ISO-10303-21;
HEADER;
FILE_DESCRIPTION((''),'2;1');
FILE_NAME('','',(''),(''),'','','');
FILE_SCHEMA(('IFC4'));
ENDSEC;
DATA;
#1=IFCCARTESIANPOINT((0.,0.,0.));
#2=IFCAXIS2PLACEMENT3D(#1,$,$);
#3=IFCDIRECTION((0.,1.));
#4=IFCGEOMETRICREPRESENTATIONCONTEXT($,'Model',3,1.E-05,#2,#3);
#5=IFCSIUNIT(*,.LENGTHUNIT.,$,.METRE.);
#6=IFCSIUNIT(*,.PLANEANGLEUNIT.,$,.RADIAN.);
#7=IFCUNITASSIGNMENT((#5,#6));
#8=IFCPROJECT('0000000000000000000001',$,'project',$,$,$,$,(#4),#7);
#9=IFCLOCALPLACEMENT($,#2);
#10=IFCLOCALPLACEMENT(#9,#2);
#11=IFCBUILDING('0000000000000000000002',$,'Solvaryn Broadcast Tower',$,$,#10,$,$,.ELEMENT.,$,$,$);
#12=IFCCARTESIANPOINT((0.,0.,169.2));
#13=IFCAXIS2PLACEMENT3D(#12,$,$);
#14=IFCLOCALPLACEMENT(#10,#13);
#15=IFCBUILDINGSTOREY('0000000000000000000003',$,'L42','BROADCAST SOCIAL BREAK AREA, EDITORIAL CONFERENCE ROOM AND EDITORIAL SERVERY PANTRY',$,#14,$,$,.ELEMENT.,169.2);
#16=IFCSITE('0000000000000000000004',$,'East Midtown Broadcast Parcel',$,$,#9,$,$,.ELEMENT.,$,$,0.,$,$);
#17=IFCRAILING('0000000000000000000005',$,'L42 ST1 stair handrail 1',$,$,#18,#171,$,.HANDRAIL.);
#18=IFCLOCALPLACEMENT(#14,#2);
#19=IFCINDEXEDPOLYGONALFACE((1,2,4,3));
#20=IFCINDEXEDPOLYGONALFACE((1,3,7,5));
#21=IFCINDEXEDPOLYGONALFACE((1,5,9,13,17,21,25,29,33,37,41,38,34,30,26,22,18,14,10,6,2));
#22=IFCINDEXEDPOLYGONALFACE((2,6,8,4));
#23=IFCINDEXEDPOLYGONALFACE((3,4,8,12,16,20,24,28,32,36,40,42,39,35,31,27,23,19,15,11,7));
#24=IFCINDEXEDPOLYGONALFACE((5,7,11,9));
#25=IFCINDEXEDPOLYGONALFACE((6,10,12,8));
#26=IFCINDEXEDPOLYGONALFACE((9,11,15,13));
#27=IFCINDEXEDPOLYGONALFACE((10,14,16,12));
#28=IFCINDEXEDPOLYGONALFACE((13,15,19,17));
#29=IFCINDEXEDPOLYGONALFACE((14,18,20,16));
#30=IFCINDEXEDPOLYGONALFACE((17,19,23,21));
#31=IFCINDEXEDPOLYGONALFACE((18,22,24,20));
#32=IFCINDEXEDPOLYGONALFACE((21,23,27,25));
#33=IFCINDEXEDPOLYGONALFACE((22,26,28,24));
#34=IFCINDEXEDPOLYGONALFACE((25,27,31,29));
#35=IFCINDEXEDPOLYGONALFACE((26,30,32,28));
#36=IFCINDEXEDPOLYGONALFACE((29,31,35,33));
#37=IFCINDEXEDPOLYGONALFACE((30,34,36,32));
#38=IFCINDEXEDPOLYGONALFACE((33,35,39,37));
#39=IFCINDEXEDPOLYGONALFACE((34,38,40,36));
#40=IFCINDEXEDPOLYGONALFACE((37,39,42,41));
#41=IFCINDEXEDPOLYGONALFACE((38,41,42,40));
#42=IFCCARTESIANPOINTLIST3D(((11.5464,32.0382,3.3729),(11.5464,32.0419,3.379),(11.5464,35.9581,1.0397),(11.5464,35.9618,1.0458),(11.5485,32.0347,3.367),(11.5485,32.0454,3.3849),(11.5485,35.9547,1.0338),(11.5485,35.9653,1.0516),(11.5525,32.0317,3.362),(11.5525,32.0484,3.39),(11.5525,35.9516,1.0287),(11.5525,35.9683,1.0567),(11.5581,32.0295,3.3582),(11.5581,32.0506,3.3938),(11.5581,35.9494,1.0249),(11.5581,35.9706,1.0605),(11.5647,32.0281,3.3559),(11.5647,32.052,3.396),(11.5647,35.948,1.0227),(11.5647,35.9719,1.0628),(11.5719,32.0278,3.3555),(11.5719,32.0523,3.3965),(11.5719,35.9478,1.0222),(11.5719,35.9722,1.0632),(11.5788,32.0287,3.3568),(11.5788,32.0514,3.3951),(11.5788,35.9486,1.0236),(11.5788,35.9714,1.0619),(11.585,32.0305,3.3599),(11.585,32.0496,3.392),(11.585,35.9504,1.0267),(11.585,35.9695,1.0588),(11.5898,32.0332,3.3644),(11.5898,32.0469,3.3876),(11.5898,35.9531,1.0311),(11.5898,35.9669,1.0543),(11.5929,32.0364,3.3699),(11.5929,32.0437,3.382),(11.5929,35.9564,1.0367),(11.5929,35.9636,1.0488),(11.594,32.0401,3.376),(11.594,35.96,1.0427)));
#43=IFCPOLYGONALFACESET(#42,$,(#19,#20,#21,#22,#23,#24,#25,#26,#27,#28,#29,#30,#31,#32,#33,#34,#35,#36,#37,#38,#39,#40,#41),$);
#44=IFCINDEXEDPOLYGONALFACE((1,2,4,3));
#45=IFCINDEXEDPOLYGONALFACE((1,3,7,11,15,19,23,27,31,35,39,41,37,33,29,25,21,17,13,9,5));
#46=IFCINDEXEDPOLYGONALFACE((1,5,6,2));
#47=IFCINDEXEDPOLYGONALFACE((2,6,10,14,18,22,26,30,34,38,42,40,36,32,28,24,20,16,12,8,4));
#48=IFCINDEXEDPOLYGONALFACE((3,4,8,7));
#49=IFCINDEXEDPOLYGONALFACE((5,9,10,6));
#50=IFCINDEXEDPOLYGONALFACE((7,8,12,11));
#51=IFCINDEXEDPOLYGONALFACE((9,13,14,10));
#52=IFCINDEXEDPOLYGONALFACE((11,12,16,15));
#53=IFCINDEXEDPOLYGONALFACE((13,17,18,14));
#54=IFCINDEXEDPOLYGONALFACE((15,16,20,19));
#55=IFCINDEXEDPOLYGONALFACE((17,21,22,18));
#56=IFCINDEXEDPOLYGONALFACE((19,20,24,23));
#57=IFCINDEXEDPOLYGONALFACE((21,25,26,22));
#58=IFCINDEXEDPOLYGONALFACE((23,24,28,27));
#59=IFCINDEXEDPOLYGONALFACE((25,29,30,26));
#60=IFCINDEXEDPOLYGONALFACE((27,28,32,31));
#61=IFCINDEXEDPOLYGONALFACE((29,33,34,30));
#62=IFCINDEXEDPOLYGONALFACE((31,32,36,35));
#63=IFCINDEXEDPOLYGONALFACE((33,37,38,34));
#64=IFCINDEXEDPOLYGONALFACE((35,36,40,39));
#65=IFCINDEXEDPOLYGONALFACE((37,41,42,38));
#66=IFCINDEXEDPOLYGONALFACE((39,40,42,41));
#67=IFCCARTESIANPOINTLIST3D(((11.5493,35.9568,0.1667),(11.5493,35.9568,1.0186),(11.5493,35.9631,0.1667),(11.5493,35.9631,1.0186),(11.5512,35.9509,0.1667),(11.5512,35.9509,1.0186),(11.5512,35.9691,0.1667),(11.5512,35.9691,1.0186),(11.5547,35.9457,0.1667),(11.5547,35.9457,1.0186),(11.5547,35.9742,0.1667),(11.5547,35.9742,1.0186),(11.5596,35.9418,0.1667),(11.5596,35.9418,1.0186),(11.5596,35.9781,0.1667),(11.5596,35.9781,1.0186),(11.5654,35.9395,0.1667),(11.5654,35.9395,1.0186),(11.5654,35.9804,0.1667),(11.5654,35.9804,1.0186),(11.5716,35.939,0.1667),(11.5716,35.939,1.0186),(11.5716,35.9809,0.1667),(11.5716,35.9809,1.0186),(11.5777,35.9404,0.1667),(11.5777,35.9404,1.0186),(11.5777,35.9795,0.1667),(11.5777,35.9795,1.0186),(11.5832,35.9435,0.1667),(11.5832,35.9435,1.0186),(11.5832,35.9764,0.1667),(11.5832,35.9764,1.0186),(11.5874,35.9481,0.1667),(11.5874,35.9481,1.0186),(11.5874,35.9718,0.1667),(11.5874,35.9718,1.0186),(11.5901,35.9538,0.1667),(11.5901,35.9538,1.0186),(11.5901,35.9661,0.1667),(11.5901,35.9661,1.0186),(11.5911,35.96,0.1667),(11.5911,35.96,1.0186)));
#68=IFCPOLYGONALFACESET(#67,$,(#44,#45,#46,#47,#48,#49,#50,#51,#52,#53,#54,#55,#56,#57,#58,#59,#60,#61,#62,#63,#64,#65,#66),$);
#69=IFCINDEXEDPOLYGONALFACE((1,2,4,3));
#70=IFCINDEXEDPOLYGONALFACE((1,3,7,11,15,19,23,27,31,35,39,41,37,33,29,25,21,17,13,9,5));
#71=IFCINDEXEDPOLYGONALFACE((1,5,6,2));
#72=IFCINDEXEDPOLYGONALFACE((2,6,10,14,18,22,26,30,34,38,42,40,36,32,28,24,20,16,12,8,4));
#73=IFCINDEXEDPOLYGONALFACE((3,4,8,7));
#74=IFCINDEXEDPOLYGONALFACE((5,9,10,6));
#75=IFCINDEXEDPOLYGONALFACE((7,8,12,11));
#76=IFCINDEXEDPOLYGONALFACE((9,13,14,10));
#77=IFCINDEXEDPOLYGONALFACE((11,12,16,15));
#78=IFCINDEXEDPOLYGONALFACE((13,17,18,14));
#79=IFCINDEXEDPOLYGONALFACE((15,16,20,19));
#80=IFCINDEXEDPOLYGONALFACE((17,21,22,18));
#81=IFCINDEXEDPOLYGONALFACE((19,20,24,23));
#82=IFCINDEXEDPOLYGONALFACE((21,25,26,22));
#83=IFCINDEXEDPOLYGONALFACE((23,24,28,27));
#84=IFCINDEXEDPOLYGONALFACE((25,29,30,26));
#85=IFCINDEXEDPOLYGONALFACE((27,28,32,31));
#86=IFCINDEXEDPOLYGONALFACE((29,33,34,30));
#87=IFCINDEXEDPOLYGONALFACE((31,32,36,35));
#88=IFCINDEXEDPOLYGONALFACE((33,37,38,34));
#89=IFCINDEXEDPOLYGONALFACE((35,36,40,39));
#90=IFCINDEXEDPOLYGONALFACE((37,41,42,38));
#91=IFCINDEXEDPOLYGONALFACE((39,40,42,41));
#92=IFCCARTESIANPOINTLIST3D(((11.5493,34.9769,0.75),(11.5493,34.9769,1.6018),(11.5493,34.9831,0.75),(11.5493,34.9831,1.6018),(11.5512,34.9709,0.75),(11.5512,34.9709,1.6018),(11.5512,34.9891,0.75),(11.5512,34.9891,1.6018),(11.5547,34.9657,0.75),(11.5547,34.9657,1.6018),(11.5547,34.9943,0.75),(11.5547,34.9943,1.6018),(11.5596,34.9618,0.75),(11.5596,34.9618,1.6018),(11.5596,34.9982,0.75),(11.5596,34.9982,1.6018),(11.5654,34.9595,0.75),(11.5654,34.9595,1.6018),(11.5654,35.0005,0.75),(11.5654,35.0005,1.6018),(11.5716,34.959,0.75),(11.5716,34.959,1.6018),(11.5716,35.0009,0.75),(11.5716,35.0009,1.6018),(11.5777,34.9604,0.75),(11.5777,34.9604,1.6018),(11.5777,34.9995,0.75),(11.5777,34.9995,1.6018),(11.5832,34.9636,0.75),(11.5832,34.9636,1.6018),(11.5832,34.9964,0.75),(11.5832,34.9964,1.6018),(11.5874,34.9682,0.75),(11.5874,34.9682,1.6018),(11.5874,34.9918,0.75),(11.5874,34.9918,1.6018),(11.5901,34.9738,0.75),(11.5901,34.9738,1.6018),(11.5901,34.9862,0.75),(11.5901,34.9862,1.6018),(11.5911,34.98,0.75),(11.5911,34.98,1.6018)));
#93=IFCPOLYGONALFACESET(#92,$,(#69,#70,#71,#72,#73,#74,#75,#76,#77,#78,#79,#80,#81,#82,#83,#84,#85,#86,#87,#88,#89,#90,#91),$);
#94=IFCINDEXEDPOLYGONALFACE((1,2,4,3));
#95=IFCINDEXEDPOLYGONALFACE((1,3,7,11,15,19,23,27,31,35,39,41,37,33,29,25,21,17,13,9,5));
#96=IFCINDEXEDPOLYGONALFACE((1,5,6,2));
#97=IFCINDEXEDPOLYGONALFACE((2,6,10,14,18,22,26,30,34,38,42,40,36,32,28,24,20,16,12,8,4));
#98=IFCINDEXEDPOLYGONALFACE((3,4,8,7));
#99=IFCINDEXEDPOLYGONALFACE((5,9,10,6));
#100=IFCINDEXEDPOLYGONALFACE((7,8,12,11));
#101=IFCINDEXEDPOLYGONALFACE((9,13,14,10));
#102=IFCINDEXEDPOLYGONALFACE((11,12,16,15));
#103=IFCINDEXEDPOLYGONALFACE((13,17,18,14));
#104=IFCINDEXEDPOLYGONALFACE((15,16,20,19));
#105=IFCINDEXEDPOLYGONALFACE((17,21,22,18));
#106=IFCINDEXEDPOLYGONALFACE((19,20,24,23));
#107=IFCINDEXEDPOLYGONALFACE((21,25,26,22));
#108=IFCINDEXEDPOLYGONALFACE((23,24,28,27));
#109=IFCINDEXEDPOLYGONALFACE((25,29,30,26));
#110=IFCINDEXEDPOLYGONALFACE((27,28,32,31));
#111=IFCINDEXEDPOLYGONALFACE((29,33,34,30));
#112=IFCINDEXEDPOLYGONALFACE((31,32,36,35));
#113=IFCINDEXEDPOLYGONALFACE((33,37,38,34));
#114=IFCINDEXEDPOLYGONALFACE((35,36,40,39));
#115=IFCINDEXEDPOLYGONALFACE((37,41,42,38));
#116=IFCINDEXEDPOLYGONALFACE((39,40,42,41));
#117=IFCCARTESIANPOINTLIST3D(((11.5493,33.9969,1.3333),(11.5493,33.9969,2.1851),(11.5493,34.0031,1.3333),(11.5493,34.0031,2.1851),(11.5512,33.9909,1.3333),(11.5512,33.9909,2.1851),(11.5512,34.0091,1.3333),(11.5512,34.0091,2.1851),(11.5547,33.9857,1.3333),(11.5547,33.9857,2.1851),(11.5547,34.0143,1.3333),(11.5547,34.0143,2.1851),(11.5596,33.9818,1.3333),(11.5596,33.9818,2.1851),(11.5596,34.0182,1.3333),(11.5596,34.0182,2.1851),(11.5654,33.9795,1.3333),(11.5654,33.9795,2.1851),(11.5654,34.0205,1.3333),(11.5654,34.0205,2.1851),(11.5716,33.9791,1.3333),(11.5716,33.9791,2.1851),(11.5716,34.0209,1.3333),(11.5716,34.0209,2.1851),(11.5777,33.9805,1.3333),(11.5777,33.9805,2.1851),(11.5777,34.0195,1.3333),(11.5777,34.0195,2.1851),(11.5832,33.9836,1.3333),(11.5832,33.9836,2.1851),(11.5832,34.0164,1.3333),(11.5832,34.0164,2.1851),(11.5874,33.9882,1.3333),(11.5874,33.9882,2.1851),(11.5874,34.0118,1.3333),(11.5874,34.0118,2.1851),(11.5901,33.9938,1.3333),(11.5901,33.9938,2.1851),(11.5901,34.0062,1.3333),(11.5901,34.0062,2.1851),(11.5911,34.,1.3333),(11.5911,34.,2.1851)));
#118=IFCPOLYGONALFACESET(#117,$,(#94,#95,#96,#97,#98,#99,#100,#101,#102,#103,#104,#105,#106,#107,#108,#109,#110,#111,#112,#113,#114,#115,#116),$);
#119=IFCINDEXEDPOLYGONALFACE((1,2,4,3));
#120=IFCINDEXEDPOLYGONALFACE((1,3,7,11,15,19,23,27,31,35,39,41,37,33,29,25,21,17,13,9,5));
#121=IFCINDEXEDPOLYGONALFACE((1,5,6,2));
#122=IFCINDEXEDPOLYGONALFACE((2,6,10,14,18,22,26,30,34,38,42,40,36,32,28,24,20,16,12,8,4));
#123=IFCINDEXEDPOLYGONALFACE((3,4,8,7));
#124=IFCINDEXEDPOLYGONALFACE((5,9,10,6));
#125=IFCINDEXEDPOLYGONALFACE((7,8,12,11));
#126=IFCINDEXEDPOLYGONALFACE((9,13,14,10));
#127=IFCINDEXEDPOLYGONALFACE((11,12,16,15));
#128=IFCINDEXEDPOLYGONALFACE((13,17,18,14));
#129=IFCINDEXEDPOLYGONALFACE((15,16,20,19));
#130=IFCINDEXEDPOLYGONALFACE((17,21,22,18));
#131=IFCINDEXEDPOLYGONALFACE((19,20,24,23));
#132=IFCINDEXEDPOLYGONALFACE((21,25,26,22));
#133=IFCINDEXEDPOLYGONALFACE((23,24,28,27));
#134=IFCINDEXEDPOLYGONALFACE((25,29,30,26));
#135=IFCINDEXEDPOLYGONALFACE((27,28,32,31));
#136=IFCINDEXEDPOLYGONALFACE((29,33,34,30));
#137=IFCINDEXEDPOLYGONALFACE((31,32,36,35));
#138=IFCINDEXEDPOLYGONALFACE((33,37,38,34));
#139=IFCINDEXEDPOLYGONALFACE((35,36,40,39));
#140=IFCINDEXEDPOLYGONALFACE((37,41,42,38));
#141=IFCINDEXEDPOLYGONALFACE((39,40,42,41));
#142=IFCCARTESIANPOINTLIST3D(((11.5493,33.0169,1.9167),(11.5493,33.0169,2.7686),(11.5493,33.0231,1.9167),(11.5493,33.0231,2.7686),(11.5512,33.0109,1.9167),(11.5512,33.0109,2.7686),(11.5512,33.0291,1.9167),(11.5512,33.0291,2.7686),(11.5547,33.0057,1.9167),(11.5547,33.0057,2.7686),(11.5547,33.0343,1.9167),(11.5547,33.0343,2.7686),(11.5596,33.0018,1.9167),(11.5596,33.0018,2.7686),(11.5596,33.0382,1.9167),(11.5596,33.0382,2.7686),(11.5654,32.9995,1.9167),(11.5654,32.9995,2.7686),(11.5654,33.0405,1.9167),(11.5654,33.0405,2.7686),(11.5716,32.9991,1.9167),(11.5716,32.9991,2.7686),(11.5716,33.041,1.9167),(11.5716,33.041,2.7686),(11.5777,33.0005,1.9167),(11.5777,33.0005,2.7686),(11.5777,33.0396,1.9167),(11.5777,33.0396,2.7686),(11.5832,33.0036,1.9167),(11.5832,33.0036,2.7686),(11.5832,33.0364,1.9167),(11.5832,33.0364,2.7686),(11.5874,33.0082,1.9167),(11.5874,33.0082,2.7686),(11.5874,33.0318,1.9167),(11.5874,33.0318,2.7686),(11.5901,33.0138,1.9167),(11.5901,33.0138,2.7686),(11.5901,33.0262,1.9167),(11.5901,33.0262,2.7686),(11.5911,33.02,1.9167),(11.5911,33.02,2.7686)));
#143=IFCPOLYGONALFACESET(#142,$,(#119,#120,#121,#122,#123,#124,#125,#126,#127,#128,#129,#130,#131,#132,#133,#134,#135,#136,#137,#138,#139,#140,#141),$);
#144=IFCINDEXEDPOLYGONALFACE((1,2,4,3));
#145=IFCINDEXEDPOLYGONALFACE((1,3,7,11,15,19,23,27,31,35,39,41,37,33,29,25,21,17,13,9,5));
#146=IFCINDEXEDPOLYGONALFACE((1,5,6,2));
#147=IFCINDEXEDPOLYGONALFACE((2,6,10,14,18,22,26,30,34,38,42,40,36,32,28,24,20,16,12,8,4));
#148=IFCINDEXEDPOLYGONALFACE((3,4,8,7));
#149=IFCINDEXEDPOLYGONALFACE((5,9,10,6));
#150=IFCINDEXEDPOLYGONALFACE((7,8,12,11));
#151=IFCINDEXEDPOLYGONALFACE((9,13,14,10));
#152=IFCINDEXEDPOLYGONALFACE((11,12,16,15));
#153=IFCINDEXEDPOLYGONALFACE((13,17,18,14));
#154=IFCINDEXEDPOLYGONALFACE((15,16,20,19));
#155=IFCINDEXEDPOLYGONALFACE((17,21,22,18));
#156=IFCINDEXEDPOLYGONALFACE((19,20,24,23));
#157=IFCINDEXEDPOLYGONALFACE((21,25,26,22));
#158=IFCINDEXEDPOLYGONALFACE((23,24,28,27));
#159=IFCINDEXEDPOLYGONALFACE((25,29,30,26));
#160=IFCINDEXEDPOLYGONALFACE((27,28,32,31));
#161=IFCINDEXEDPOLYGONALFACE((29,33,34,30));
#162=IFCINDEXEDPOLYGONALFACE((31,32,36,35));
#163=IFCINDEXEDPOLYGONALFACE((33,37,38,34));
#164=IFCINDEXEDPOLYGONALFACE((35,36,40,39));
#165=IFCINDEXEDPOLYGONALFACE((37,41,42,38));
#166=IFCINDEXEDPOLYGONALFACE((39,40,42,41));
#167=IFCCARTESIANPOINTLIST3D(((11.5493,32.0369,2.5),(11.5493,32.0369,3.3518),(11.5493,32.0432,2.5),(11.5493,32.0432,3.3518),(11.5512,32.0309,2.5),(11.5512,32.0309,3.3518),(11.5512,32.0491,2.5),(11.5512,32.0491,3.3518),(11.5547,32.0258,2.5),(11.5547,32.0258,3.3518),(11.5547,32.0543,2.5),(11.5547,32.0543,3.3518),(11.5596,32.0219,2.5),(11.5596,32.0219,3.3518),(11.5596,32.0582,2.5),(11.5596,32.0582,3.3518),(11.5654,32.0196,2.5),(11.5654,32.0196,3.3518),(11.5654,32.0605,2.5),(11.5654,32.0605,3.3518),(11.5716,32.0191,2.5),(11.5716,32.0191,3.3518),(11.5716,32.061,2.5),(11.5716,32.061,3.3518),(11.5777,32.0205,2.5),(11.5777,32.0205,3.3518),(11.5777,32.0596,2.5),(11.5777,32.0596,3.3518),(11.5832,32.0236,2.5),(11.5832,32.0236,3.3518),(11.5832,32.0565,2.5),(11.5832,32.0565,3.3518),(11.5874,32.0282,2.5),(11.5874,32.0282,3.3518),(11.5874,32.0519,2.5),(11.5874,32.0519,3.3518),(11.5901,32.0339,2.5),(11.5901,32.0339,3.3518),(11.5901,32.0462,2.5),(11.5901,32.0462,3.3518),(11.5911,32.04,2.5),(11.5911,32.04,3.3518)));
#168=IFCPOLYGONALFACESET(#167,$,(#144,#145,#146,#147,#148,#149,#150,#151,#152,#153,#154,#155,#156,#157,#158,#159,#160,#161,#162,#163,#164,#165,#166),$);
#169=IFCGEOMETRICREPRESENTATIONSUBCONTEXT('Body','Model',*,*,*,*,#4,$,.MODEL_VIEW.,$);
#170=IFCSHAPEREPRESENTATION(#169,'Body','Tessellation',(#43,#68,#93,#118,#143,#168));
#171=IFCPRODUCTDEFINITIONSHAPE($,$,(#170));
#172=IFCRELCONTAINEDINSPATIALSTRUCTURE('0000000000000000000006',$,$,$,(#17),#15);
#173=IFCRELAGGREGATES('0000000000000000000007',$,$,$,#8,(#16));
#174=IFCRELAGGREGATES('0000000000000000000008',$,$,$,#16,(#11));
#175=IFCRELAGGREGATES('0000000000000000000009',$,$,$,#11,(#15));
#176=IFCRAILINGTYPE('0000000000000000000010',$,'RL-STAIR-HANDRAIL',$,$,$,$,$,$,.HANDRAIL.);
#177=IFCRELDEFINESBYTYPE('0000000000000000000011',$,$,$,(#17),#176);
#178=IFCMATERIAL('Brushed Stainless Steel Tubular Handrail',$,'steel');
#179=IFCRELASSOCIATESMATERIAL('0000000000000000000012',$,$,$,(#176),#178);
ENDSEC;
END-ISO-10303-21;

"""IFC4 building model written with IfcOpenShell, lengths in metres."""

from ifc_helpers import new_model, si_unit, direction, frame, origin, origin_2d, place, context, subcontext, project, spatial, circle, extrude, material, type_object, element, save


model = new_model("IFC4")

# Units and contexts
model_context = context("Model", 3, precision=1e-05, world=origin(), true_north=direction((0.0, 1.0)))
body_context = subcontext(model_context, "Body", "Model", "MODEL_VIEW")
ifc_project = project(units=[si_unit("LENGTHUNIT", "METRE"), si_unit("PLANEANGLEUNIT", "RADIAN")], contexts=[model_context])

# Site, building, storey
site_placement = place(None, origin())
site = spatial("IfcSite", under=ifc_project, at=site_placement, Name="East Midtown Broadcast Parcel", CompositionType="ELEMENT", RefElevation=0.0)
building_placement = place(site_placement, origin())
building = spatial("IfcBuilding", under=site, at=building_placement, Name="Solvaryn Broadcast Tower", CompositionType="ELEMENT")
storey_placement = place(building_placement, frame((0.0, 0.0, 169.2)))
storey = spatial("IfcBuildingStorey", under=building, at=storey_placement, Name="L42", Description="BROADCAST SOCIAL BREAK AREA, EDITORIAL CONFERENCE ROOM AND EDITORIAL SERVERY PANTRY", CompositionType="ELEMENT", Elevation=169.2)

# Railing
ifc_material_1 = material(Name="Brushed Stainless Steel Tubular Handrail", Category="steel")
railing_type_1 = type_object("IfcRailingType", Name="RL-STAIR-HANDRAIL", PredefinedType="HANDRAIL", material=ifc_material_1)
railing_1_placement = place(storey_placement, frame((11.5701, 35.96, 0.1667)))
element("IfcRailing", 1, at=railing_1_placement, inside=storey, type_object=railing_type_1, Name="L42 ST1 stair handrail 1", PredefinedType="HANDRAIL", context=body_context, shape_type="SweptSolid", body=[
    extrude(circle(Radius=0.0239, at=origin_2d()), frame((0.0, 0.0, 0.876), z_axis=(0.0, -0.859296, 0.511478), x_axis=(1.0, 0.0, 0.0)), (0.0, 0.0, 1.0), 4.5618),
    extrude(circle(Radius=0.021, at=origin_2d()), origin(), (0.0, 0.0, 1.0), 0.8518),
    extrude(circle(Radius=0.021, at=origin_2d()), frame((0.0, -0.98, 0.5833)), (0.0, 0.0, 1.0), 0.8518),
    extrude(circle(Radius=0.021, at=origin_2d()), frame((0.0, -1.96, 1.1665)), (0.0, 0.0, 1.0), 0.8518),
    extrude(circle(Radius=0.021, at=origin_2d()), frame((0.0, -2.9399, 1.75)), (0.0, 0.0, 1.0), 0.8518),
    extrude(circle(Radius=0.021, at=origin_2d()), frame((0.0, -3.9199, 2.3333)), (0.0, 0.0, 1.0), 0.8518),
])

save(model, "model.ifc")
